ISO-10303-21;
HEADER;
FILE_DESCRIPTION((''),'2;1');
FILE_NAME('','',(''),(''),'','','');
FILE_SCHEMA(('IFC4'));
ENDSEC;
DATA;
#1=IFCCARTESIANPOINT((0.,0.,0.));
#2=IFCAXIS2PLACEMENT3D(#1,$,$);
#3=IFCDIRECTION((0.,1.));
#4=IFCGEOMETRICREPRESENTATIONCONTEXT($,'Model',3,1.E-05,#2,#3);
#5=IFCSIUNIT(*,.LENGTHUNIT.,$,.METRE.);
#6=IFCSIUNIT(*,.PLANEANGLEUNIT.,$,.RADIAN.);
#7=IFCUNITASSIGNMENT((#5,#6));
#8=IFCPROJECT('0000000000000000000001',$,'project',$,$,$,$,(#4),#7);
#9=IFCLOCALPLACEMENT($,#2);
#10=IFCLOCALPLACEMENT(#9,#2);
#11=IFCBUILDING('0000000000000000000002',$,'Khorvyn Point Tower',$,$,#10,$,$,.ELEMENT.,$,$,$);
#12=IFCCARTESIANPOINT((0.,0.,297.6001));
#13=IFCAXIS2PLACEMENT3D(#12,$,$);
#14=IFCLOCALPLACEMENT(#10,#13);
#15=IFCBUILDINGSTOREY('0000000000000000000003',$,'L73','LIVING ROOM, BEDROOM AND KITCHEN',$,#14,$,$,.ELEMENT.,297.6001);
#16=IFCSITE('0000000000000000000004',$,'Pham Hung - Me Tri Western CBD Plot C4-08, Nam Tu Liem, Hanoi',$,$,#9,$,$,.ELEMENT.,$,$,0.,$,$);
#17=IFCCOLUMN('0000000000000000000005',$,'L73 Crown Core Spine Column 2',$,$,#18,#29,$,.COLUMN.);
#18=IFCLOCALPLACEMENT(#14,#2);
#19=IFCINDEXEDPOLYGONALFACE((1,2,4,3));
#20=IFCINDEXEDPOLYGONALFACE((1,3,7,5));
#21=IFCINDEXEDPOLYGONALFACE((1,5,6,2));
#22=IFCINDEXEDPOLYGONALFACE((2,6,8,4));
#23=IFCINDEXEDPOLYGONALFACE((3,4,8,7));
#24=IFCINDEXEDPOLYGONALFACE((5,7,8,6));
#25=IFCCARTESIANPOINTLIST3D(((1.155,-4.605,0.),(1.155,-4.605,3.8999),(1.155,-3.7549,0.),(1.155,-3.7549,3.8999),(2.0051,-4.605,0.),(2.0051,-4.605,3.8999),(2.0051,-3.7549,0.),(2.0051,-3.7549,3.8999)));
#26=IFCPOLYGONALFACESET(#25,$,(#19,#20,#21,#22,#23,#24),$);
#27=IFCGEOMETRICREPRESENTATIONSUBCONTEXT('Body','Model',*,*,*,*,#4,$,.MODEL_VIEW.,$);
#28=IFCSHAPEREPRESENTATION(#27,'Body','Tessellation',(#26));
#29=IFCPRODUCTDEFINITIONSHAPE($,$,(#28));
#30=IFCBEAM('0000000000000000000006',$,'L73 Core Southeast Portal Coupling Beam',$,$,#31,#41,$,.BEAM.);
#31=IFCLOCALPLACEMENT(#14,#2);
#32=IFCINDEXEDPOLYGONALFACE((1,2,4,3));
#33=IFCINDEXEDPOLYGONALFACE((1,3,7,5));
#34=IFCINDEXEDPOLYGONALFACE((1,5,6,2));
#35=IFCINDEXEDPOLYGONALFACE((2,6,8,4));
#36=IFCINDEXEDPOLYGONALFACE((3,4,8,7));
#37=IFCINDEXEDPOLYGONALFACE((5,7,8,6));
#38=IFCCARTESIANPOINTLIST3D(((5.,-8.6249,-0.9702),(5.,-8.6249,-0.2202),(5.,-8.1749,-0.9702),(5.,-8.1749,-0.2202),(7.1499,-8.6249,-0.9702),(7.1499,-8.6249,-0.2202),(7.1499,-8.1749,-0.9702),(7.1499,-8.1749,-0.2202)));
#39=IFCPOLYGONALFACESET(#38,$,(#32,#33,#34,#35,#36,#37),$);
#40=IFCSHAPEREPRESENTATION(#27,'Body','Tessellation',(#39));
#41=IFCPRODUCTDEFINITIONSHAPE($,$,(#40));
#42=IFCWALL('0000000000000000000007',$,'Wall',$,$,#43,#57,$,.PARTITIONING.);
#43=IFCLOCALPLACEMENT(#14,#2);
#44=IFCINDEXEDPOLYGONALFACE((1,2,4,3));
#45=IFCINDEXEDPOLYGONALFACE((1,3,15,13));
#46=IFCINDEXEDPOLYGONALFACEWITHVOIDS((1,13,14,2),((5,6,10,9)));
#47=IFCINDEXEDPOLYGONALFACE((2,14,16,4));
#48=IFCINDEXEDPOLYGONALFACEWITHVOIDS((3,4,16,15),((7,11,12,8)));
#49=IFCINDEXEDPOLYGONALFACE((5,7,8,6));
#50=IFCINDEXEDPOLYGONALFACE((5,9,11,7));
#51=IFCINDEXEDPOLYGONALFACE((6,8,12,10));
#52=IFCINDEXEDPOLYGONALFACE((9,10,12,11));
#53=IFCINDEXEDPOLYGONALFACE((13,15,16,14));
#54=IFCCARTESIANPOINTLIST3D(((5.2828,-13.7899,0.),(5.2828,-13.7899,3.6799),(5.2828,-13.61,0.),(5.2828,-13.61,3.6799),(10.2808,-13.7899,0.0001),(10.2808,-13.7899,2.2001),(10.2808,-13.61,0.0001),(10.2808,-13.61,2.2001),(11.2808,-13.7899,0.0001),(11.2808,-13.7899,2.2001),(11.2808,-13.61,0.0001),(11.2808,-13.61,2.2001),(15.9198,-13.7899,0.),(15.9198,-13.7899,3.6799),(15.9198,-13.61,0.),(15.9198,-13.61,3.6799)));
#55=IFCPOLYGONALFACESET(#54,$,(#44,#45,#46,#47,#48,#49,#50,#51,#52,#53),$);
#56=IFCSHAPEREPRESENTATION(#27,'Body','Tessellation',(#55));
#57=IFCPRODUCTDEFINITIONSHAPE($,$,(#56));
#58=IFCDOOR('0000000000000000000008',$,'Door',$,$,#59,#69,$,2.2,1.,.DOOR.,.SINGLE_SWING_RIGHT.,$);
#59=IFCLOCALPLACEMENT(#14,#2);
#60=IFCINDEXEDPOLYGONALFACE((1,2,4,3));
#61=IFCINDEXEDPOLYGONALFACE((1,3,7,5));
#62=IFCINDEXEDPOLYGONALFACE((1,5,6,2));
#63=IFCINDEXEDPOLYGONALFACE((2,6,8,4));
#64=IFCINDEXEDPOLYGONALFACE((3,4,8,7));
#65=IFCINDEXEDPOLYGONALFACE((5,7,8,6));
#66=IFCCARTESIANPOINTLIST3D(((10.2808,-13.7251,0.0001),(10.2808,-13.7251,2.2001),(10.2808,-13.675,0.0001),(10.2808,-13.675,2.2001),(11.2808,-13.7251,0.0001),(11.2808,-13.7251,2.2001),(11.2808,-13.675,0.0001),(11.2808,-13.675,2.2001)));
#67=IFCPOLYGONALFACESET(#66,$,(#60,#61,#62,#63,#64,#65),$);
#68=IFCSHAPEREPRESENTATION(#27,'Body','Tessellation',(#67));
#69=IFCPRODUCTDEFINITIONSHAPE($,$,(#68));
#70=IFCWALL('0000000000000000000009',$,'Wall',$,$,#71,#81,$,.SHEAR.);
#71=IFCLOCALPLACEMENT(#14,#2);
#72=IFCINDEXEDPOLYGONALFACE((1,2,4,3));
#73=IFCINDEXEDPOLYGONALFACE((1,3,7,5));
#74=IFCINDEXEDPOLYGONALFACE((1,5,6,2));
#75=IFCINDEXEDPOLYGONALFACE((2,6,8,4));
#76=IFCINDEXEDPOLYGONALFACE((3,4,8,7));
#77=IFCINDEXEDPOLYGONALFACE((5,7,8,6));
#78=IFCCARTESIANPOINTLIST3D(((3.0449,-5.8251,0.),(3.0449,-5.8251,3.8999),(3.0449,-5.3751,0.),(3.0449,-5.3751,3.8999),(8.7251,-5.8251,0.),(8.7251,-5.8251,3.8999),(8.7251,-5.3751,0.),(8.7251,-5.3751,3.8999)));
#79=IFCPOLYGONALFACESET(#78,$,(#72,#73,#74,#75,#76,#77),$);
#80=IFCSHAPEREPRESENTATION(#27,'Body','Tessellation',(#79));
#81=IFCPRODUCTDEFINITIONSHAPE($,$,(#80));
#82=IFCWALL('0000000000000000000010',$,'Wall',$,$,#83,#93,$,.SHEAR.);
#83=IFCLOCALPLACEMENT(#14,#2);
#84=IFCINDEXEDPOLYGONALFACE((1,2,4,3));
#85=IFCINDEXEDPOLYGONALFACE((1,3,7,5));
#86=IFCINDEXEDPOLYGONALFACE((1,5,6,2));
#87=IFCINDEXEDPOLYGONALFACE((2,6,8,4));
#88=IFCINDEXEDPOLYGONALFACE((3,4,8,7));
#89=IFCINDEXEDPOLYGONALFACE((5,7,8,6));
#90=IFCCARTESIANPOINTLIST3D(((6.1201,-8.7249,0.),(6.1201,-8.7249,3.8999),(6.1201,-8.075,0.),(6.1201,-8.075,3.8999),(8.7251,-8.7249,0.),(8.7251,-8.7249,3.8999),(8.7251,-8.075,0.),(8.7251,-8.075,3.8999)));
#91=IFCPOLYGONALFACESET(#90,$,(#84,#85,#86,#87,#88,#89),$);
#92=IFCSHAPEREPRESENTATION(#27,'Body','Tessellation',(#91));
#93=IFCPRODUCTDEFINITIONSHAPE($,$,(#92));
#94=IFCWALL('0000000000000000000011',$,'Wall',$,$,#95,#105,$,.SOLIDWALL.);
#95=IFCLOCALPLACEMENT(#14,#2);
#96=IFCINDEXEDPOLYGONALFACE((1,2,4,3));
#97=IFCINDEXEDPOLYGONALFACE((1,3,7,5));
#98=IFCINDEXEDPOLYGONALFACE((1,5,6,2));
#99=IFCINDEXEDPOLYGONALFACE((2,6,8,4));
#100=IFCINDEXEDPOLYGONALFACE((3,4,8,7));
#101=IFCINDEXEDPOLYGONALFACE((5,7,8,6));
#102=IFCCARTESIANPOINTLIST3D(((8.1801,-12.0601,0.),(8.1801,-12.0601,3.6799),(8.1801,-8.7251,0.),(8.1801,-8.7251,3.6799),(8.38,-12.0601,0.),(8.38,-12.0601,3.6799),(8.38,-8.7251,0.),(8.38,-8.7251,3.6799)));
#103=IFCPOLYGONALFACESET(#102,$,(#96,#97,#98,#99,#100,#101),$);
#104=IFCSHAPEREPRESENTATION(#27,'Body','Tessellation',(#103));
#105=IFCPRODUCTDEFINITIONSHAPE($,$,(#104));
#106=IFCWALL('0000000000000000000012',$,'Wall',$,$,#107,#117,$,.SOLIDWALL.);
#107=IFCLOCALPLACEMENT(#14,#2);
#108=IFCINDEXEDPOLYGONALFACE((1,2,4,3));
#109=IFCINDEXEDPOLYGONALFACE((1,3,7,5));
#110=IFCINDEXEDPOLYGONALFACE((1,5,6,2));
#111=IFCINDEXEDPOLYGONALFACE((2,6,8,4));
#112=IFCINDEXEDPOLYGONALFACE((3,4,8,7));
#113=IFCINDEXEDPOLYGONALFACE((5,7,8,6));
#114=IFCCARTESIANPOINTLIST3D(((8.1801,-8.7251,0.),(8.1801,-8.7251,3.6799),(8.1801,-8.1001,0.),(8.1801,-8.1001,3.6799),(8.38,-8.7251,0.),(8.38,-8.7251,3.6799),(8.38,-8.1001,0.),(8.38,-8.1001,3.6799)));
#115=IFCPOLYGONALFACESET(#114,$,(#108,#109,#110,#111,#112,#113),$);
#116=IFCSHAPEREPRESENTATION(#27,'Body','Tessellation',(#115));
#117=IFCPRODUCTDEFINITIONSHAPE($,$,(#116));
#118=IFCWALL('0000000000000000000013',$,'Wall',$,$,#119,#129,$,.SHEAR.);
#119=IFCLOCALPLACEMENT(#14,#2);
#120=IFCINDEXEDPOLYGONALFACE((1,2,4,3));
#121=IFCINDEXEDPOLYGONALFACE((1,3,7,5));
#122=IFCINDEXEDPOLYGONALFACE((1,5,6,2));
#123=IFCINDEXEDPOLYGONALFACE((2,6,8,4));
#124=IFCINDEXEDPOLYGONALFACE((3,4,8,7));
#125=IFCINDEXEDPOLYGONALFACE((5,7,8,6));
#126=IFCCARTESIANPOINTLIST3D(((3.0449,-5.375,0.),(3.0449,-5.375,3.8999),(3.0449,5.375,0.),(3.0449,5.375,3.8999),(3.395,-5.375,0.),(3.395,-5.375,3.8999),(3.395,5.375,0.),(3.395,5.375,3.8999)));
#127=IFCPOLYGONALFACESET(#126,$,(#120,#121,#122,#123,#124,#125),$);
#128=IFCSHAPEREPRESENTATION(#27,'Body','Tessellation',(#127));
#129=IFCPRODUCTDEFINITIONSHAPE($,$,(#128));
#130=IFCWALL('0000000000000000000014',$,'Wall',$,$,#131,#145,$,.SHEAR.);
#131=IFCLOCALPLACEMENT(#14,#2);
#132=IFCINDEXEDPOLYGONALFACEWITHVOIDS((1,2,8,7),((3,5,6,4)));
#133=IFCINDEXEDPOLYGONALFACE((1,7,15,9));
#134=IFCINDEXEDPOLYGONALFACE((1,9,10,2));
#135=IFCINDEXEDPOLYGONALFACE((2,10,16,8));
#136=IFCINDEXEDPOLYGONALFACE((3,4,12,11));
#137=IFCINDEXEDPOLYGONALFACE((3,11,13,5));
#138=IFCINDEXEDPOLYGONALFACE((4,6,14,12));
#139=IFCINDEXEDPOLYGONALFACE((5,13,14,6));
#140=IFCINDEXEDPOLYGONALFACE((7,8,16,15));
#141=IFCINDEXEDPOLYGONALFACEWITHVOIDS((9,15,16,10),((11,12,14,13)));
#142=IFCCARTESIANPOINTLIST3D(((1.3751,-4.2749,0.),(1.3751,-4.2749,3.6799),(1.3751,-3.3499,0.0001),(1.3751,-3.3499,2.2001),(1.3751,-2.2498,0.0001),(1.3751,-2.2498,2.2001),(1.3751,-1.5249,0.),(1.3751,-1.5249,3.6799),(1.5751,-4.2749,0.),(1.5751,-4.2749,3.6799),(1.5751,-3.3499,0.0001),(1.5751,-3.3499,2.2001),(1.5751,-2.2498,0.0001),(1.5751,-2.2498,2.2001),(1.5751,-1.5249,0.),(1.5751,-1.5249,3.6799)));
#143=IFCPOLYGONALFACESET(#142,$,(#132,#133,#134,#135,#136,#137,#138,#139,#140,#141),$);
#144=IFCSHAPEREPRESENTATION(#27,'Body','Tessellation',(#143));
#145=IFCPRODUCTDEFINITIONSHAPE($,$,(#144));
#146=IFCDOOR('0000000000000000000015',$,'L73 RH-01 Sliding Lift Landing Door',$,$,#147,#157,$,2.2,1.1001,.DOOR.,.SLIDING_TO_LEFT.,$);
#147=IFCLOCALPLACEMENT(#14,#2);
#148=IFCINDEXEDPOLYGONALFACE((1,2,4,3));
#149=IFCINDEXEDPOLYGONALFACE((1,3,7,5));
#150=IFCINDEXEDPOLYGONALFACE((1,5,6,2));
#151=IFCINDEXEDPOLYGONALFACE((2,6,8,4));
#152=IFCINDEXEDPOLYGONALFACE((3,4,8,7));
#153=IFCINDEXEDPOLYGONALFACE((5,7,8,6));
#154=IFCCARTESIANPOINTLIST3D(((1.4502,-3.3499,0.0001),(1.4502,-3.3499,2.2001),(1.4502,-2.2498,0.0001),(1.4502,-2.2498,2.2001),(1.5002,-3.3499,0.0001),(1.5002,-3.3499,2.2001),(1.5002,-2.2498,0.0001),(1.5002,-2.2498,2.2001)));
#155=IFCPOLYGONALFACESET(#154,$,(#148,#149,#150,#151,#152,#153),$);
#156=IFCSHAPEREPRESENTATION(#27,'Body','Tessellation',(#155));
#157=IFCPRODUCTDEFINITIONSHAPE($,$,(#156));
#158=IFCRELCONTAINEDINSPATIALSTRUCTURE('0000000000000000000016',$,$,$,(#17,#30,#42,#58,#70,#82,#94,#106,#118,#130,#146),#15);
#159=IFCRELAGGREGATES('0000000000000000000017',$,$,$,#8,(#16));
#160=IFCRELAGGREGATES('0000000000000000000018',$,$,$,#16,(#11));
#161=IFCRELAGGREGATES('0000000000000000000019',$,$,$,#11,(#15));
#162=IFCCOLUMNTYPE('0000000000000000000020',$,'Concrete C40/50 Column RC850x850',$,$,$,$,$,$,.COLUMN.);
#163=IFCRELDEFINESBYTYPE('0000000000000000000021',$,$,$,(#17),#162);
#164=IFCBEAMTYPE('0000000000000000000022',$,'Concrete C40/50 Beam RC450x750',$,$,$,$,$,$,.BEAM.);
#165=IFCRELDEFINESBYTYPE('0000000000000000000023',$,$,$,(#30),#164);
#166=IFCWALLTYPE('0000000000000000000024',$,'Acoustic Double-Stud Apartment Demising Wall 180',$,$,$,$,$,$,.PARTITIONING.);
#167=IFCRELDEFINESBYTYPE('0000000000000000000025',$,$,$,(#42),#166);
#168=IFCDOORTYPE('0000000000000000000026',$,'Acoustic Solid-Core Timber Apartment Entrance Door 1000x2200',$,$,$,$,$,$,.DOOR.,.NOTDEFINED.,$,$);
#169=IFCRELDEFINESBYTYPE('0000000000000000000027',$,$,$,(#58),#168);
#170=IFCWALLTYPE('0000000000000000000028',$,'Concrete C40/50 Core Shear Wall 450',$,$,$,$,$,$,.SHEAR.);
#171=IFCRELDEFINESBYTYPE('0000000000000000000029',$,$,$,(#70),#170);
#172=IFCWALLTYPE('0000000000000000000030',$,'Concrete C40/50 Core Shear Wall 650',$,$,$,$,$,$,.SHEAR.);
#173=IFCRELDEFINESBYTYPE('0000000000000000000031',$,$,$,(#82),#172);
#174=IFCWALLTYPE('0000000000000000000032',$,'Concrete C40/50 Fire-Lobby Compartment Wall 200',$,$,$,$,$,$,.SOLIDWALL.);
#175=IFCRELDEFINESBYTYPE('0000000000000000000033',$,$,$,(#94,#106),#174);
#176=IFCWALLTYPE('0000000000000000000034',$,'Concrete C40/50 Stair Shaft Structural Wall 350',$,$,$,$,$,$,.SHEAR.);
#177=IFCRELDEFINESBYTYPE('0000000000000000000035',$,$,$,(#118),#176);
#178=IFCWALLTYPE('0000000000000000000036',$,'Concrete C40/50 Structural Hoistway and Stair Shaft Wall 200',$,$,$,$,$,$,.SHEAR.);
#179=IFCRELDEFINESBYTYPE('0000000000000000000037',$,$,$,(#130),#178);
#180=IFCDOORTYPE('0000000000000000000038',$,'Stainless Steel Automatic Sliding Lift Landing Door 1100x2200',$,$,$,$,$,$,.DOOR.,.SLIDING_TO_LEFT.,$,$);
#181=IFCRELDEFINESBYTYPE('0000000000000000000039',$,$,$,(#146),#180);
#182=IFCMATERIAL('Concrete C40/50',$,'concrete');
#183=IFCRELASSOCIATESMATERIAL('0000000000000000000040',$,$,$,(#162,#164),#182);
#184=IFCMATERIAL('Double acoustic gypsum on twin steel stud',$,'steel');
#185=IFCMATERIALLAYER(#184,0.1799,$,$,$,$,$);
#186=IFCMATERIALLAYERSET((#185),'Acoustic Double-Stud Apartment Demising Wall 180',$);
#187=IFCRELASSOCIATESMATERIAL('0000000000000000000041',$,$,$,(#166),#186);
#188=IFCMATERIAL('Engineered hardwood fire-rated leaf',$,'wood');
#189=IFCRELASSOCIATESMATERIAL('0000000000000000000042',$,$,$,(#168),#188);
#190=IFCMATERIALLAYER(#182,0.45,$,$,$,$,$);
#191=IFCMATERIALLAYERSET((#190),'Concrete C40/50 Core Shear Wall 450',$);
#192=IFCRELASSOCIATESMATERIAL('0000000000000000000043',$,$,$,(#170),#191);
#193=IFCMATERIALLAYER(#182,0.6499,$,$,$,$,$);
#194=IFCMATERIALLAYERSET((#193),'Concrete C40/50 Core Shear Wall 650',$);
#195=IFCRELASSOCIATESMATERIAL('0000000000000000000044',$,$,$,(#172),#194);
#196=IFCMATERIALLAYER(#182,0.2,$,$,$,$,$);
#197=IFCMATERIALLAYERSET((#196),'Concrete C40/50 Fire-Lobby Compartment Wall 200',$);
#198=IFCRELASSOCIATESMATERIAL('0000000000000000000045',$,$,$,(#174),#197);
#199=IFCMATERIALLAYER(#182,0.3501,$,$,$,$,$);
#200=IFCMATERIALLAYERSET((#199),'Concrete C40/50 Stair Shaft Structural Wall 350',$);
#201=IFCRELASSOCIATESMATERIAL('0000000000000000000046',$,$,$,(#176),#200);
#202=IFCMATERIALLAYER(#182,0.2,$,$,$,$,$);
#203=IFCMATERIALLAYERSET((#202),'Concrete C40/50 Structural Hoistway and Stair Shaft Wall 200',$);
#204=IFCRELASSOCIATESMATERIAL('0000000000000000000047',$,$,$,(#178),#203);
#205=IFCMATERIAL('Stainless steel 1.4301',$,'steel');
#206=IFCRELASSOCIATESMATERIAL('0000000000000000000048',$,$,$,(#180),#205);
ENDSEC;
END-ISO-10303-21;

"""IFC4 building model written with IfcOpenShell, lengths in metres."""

from ifc_helpers import new_model, si_unit, direction, frame, frame_2d, origin, origin_2d, place, context, subcontext, project, spatial, rectangle, extrude, material, layer, layer_set, material_profile, profile_set, type_object, element, fill, save


model = new_model("IFC4")

# Units and contexts
model_context = context("Model", 3, precision=1e-05, world=origin(), true_north=direction((0.0, 1.0)))
body_context = subcontext(model_context, "Body", "Model", "MODEL_VIEW")
ifc_project = project(units=[si_unit("LENGTHUNIT", "METRE"), si_unit("PLANEANGLEUNIT", "RADIAN")], contexts=[model_context])

# Site, building, storey
site_placement = place(None, origin())
site = spatial("IfcSite", under=ifc_project, at=site_placement, Name="Pham Hung - Me Tri Western CBD Plot C4-08, Nam Tu Liem, Hanoi", CompositionType="ELEMENT", RefElevation=0.0)
building_placement = place(site_placement, origin())
building = spatial("IfcBuilding", under=site, at=building_placement, Name="Khorvyn Point Tower", CompositionType="ELEMENT")
storey_placement = place(building_placement, frame((0.0, 0.0, 297.6001)))
storey = spatial("IfcBuildingStorey", under=building, at=storey_placement, Name="L73", Description="LIVING ROOM, BEDROOM AND KITCHEN", CompositionType="ELEMENT", Elevation=297.6001)

# Column
ifc_material_1 = material(Name="Concrete C40/50", Category="concrete")
ifc_material_profile_1 = material_profile(ifc_material_1, rectangle(XDim=0.8501, YDim=0.8501, at=origin_2d()))
ifc_profile_set_1 = profile_set([ifc_material_profile_1], Name="Concrete C40/50 RC850x850")
column_type = type_object("IfcColumnType", Name="Concrete C40/50 Column RC850x850", PredefinedType="COLUMN", material=ifc_profile_set_1)
column_placement = place(storey_placement, frame((1.5801, -4.1799, 0.0), z_axis=(0.0, 0.0, 1.0), x_axis=(1.0, 0.0, 0.0)))
element("IfcColumn", 1, at=column_placement, inside=storey, type_object=column_type, Name="L73 Crown Core Spine Column 2", PredefinedType="COLUMN", context=body_context, shape_type="SweptSolid", body=[
    extrude(rectangle(XDim=0.8501, YDim=0.8501, at=origin_2d()), origin(), (0.0, 0.0, 1.0), 3.8999),
])

# Beam
ifc_material_profile_2 = material_profile(ifc_material_1, rectangle(XDim=0.45, YDim=0.75, at=origin_2d()))
ifc_profile_set_2 = profile_set([ifc_material_profile_2], Name="Concrete C40/50 RC450x750")
beam_type = type_object("IfcBeamType", Name="Concrete C40/50 Beam RC450x750", PredefinedType="BEAM", material=ifc_profile_set_2)
beam_placement = place(storey_placement, frame((5.0, -8.3999, -0.5952), z_axis=(1.0, 0.0, 0.0), x_axis=(0.0, 1.0, 0.0)))
element("IfcBeam", 2, at=beam_placement, inside=storey, type_object=beam_type, Name="L73 Core Southeast Portal Coupling Beam", PredefinedType="BEAM", context=body_context, shape_type="SweptSolid", body=[
    extrude(rectangle(XDim=0.45, YDim=0.75, at=origin_2d()), origin(), (0.0, 0.0, 1.0), 2.1499),
])

# Wall, opening, door
ifc_material_2 = material(Name="Double acoustic gypsum on twin steel stud", Category="steel")
ifc_layer_1 = layer(ifc_material_2, 0.1799)
ifc_layer_set_1 = layer_set([ifc_layer_1], Name="Acoustic Double-Stud Apartment Demising Wall 180")
wall_type_1 = type_object("IfcWallType", Name="Acoustic Double-Stud Apartment Demising Wall 180", PredefinedType="PARTITIONING", material=ifc_layer_set_1)
wall_1_placement = place(storey_placement, frame((5.283, -13.7, 0.0), z_axis=(0.0, 0.0, 1.0), x_axis=(1.0, 0.0, 0.0)))
wall_1 = element("IfcWall", 3, at=wall_1_placement, inside=storey, type_object=wall_type_1, Name="Wall", PredefinedType="PARTITIONING", context=body_context, shape_type="SweptSolid", body=[
    extrude(rectangle(XDim=10.637, YDim=0.1799, at=frame_2d((5.3184, 0.0))), origin(), (0.0, 0.0, 1.0), 3.6799),
])
opening_1_placement = place(wall_1_placement, frame((4.9978, 0.0, 0.0)))
opening_1 = element("IfcOpeningElement", 4, at=opening_1_placement, cuts=wall_1, PredefinedType="OPENING", context=body_context, shape_type="SweptSolid", body=[
    extrude(rectangle(XDim=1.0, YDim=2.2, at=frame_2d((0.5, 1.1001))), frame((0.0, 0.0999, 0.0), z_axis=(0.0, -1.0, 0.0), x_axis=(1.0, 0.0, 0.0)), (0.0, 0.0, 1.0), 0.2),
])
ifc_material_3 = material(Name="Engineered hardwood fire-rated leaf", Category="wood")
door_type_1 = type_object("IfcDoorType", Name="Acoustic Solid-Core Timber Apartment Entrance Door 1000x2200", OperationType="NOTDEFINED", PredefinedType="DOOR", material=ifc_material_3)
door_1_placement = place(opening_1_placement, origin())
door_1 = element("IfcDoor", 5, at=door_1_placement, inside=storey, type_object=door_type_1, Name="Door", OperationType="SINGLE_SWING_RIGHT", OverallHeight=2.2, OverallWidth=1.0, PredefinedType="DOOR", context=body_context, shape_type="SweptSolid", body=[
    extrude(rectangle(XDim=1.0, YDim=2.2, at=frame_2d((0.5, 1.1001))), frame((0.0, 0.0249, 0.0), z_axis=(0.0, -1.0, 0.0), x_axis=(1.0, 0.0, 0.0)), (0.0, 0.0, 1.0), 0.05),
])
fill(opening_1, door_1)

# Walls
ifc_layer_2 = layer(ifc_material_1, 0.45)
ifc_layer_set_2 = layer_set([ifc_layer_2], Name="Concrete C40/50 Core Shear Wall 450")
wall_type_2 = type_object("IfcWallType", Name="Concrete C40/50 Core Shear Wall 450", PredefinedType="SHEAR", material=ifc_layer_set_2)
wall_2_placement = place(storey_placement, frame((3.0449, -5.6001, 0.0), z_axis=(0.0, 0.0, 1.0), x_axis=(1.0, 0.0, 0.0)))
element("IfcWall", 6, at=wall_2_placement, inside=storey, type_object=wall_type_2, Name="Wall", PredefinedType="SHEAR", context=body_context, shape_type="SweptSolid", body=[
    extrude(rectangle(XDim=5.6802, YDim=0.45, at=frame_2d((2.8401, 0.0))), origin(), (0.0, 0.0, 1.0), 3.8999),
])
ifc_layer_3 = layer(ifc_material_1, 0.6499)
ifc_layer_set_3 = layer_set([ifc_layer_3], Name="Concrete C40/50 Core Shear Wall 650")
wall_type_3 = type_object("IfcWallType", Name="Concrete C40/50 Core Shear Wall 650", PredefinedType="SHEAR", material=ifc_layer_set_3)
wall_3_placement = place(storey_placement, frame((6.1201, -8.3999, 0.0), z_axis=(0.0, 0.0, 1.0), x_axis=(1.0, 0.0, 0.0)))
element("IfcWall", 7, at=wall_3_placement, inside=storey, type_object=wall_type_3, Name="Wall", PredefinedType="SHEAR", context=body_context, shape_type="SweptSolid", body=[
    extrude(rectangle(XDim=2.605, YDim=0.6499, at=frame_2d((1.3025, 0.0))), origin(), (0.0, 0.0, 1.0), 3.8999),
])

# Shared definitions
ifc_layer_4 = layer(ifc_material_1, 0.2)
ifc_layer_set_4 = layer_set([ifc_layer_4], Name="Concrete C40/50 Fire-Lobby Compartment Wall 200")
wall_type_4 = type_object("IfcWallType", Name="Concrete C40/50 Fire-Lobby Compartment Wall 200", PredefinedType="SOLIDWALL", material=ifc_layer_set_4)

# Walls
wall_4_placement = place(storey_placement, frame((8.28, -12.0601, 0.0), z_axis=(0.0, 0.0, 1.0), x_axis=(0.0, 1.0, 0.0)))
element("IfcWall", 8, at=wall_4_placement, inside=storey, type_object=wall_type_4, Name="Wall", PredefinedType="SOLIDWALL", context=body_context, shape_type="SweptSolid", body=[
    extrude(rectangle(XDim=3.335, YDim=0.2, at=frame_2d((1.6675, 0.0))), origin(), (0.0, 0.0, 1.0), 3.6799),
])
wall_5_placement = place(storey_placement, frame((8.28, -8.7251, 0.0), z_axis=(0.0, 0.0, 1.0), x_axis=(0.0, 1.0, 0.0)))
element("IfcWall", 9, at=wall_5_placement, inside=storey, type_object=wall_type_4, Name="Wall", PredefinedType="SOLIDWALL", context=body_context, shape_type="SweptSolid", body=[
    extrude(rectangle(XDim=0.625, YDim=0.2, at=frame_2d((0.3125, 0.0))), origin(), (0.0, 0.0, 1.0), 3.6799),
])
ifc_layer_5 = layer(ifc_material_1, 0.3501)
ifc_layer_set_5 = layer_set([ifc_layer_5], Name="Concrete C40/50 Stair Shaft Structural Wall 350")
wall_type_5 = type_object("IfcWallType", Name="Concrete C40/50 Stair Shaft Structural Wall 350", PredefinedType="SHEAR", material=ifc_layer_set_5)
wall_6_placement = place(storey_placement, frame((3.22, -5.375, 0.0), z_axis=(0.0, 0.0, 1.0), x_axis=(0.0, 1.0, 0.0)))
element("IfcWall", 10, at=wall_6_placement, inside=storey, type_object=wall_type_5, Name="Wall", PredefinedType="SHEAR", context=body_context, shape_type="SweptSolid", body=[
    extrude(rectangle(XDim=10.75, YDim=0.3501, at=frame_2d((5.375, 0.0))), origin(), (0.0, 0.0, 1.0), 3.8999),
])

# Wall, opening, door
ifc_layer_6 = layer(ifc_material_1, 0.2)
ifc_layer_set_6 = layer_set([ifc_layer_6], Name="Concrete C40/50 Structural Hoistway and Stair Shaft Wall 200")
wall_type_6 = type_object("IfcWallType", Name="Concrete C40/50 Structural Hoistway and Stair Shaft Wall 200", PredefinedType="SHEAR", material=ifc_layer_set_6)
wall_7_placement = place(storey_placement, frame((1.4751, -4.2749, 0.0), z_axis=(0.0, 0.0, 1.0), x_axis=(0.0, 1.0, 0.0)))
wall_7 = element("IfcWall", 11, at=wall_7_placement, inside=storey, type_object=wall_type_6, Name="Wall", PredefinedType="SHEAR", context=body_context, shape_type="SweptSolid", body=[
    extrude(rectangle(XDim=2.75, YDim=0.2, at=frame_2d((1.375, 0.0))), origin(), (0.0, 0.0, 1.0), 3.6799),
])
opening_2_placement = place(wall_7_placement, frame((0.925, 0.0, 0.0)))
opening_2 = element("IfcOpeningElement", 12, at=opening_2_placement, cuts=wall_7, PredefinedType="OPENING", context=body_context, shape_type="SweptSolid", body=[
    extrude(rectangle(XDim=1.1001, YDim=2.2, at=frame_2d((0.55, 1.1001))), frame((0.0, 0.1099, 0.0), z_axis=(0.0, -1.0, 0.0), x_axis=(1.0, 0.0, 0.0)), (0.0, 0.0, 1.0), 0.22),
])
ifc_material_4 = material(Name="Stainless steel 1.4301", Category="steel")
door_type_2 = type_object("IfcDoorType", Name="Stainless Steel Automatic Sliding Lift Landing Door 1100x2200", OperationType="SLIDING_TO_LEFT", PredefinedType="DOOR", material=ifc_material_4)
door_2_placement = place(opening_2_placement, origin())
door_2 = element("IfcDoor", 13, at=door_2_placement, inside=storey, type_object=door_type_2, Name="L73 RH-01 Sliding Lift Landing Door", OperationType="SLIDING_TO_LEFT", OverallHeight=2.2, OverallWidth=1.1001, PredefinedType="DOOR", context=body_context, shape_type="SweptSolid", body=[
    extrude(rectangle(XDim=1.1001, YDim=2.2, at=frame_2d((0.55, 1.1001))), frame((0.0, 0.0249, 0.0), z_axis=(0.0, -1.0, 0.0), x_axis=(1.0, 0.0, 0.0)), (0.0, 0.0, 1.0), 0.05),
])
fill(opening_2, door_2)

save(model, "model.ifc")
